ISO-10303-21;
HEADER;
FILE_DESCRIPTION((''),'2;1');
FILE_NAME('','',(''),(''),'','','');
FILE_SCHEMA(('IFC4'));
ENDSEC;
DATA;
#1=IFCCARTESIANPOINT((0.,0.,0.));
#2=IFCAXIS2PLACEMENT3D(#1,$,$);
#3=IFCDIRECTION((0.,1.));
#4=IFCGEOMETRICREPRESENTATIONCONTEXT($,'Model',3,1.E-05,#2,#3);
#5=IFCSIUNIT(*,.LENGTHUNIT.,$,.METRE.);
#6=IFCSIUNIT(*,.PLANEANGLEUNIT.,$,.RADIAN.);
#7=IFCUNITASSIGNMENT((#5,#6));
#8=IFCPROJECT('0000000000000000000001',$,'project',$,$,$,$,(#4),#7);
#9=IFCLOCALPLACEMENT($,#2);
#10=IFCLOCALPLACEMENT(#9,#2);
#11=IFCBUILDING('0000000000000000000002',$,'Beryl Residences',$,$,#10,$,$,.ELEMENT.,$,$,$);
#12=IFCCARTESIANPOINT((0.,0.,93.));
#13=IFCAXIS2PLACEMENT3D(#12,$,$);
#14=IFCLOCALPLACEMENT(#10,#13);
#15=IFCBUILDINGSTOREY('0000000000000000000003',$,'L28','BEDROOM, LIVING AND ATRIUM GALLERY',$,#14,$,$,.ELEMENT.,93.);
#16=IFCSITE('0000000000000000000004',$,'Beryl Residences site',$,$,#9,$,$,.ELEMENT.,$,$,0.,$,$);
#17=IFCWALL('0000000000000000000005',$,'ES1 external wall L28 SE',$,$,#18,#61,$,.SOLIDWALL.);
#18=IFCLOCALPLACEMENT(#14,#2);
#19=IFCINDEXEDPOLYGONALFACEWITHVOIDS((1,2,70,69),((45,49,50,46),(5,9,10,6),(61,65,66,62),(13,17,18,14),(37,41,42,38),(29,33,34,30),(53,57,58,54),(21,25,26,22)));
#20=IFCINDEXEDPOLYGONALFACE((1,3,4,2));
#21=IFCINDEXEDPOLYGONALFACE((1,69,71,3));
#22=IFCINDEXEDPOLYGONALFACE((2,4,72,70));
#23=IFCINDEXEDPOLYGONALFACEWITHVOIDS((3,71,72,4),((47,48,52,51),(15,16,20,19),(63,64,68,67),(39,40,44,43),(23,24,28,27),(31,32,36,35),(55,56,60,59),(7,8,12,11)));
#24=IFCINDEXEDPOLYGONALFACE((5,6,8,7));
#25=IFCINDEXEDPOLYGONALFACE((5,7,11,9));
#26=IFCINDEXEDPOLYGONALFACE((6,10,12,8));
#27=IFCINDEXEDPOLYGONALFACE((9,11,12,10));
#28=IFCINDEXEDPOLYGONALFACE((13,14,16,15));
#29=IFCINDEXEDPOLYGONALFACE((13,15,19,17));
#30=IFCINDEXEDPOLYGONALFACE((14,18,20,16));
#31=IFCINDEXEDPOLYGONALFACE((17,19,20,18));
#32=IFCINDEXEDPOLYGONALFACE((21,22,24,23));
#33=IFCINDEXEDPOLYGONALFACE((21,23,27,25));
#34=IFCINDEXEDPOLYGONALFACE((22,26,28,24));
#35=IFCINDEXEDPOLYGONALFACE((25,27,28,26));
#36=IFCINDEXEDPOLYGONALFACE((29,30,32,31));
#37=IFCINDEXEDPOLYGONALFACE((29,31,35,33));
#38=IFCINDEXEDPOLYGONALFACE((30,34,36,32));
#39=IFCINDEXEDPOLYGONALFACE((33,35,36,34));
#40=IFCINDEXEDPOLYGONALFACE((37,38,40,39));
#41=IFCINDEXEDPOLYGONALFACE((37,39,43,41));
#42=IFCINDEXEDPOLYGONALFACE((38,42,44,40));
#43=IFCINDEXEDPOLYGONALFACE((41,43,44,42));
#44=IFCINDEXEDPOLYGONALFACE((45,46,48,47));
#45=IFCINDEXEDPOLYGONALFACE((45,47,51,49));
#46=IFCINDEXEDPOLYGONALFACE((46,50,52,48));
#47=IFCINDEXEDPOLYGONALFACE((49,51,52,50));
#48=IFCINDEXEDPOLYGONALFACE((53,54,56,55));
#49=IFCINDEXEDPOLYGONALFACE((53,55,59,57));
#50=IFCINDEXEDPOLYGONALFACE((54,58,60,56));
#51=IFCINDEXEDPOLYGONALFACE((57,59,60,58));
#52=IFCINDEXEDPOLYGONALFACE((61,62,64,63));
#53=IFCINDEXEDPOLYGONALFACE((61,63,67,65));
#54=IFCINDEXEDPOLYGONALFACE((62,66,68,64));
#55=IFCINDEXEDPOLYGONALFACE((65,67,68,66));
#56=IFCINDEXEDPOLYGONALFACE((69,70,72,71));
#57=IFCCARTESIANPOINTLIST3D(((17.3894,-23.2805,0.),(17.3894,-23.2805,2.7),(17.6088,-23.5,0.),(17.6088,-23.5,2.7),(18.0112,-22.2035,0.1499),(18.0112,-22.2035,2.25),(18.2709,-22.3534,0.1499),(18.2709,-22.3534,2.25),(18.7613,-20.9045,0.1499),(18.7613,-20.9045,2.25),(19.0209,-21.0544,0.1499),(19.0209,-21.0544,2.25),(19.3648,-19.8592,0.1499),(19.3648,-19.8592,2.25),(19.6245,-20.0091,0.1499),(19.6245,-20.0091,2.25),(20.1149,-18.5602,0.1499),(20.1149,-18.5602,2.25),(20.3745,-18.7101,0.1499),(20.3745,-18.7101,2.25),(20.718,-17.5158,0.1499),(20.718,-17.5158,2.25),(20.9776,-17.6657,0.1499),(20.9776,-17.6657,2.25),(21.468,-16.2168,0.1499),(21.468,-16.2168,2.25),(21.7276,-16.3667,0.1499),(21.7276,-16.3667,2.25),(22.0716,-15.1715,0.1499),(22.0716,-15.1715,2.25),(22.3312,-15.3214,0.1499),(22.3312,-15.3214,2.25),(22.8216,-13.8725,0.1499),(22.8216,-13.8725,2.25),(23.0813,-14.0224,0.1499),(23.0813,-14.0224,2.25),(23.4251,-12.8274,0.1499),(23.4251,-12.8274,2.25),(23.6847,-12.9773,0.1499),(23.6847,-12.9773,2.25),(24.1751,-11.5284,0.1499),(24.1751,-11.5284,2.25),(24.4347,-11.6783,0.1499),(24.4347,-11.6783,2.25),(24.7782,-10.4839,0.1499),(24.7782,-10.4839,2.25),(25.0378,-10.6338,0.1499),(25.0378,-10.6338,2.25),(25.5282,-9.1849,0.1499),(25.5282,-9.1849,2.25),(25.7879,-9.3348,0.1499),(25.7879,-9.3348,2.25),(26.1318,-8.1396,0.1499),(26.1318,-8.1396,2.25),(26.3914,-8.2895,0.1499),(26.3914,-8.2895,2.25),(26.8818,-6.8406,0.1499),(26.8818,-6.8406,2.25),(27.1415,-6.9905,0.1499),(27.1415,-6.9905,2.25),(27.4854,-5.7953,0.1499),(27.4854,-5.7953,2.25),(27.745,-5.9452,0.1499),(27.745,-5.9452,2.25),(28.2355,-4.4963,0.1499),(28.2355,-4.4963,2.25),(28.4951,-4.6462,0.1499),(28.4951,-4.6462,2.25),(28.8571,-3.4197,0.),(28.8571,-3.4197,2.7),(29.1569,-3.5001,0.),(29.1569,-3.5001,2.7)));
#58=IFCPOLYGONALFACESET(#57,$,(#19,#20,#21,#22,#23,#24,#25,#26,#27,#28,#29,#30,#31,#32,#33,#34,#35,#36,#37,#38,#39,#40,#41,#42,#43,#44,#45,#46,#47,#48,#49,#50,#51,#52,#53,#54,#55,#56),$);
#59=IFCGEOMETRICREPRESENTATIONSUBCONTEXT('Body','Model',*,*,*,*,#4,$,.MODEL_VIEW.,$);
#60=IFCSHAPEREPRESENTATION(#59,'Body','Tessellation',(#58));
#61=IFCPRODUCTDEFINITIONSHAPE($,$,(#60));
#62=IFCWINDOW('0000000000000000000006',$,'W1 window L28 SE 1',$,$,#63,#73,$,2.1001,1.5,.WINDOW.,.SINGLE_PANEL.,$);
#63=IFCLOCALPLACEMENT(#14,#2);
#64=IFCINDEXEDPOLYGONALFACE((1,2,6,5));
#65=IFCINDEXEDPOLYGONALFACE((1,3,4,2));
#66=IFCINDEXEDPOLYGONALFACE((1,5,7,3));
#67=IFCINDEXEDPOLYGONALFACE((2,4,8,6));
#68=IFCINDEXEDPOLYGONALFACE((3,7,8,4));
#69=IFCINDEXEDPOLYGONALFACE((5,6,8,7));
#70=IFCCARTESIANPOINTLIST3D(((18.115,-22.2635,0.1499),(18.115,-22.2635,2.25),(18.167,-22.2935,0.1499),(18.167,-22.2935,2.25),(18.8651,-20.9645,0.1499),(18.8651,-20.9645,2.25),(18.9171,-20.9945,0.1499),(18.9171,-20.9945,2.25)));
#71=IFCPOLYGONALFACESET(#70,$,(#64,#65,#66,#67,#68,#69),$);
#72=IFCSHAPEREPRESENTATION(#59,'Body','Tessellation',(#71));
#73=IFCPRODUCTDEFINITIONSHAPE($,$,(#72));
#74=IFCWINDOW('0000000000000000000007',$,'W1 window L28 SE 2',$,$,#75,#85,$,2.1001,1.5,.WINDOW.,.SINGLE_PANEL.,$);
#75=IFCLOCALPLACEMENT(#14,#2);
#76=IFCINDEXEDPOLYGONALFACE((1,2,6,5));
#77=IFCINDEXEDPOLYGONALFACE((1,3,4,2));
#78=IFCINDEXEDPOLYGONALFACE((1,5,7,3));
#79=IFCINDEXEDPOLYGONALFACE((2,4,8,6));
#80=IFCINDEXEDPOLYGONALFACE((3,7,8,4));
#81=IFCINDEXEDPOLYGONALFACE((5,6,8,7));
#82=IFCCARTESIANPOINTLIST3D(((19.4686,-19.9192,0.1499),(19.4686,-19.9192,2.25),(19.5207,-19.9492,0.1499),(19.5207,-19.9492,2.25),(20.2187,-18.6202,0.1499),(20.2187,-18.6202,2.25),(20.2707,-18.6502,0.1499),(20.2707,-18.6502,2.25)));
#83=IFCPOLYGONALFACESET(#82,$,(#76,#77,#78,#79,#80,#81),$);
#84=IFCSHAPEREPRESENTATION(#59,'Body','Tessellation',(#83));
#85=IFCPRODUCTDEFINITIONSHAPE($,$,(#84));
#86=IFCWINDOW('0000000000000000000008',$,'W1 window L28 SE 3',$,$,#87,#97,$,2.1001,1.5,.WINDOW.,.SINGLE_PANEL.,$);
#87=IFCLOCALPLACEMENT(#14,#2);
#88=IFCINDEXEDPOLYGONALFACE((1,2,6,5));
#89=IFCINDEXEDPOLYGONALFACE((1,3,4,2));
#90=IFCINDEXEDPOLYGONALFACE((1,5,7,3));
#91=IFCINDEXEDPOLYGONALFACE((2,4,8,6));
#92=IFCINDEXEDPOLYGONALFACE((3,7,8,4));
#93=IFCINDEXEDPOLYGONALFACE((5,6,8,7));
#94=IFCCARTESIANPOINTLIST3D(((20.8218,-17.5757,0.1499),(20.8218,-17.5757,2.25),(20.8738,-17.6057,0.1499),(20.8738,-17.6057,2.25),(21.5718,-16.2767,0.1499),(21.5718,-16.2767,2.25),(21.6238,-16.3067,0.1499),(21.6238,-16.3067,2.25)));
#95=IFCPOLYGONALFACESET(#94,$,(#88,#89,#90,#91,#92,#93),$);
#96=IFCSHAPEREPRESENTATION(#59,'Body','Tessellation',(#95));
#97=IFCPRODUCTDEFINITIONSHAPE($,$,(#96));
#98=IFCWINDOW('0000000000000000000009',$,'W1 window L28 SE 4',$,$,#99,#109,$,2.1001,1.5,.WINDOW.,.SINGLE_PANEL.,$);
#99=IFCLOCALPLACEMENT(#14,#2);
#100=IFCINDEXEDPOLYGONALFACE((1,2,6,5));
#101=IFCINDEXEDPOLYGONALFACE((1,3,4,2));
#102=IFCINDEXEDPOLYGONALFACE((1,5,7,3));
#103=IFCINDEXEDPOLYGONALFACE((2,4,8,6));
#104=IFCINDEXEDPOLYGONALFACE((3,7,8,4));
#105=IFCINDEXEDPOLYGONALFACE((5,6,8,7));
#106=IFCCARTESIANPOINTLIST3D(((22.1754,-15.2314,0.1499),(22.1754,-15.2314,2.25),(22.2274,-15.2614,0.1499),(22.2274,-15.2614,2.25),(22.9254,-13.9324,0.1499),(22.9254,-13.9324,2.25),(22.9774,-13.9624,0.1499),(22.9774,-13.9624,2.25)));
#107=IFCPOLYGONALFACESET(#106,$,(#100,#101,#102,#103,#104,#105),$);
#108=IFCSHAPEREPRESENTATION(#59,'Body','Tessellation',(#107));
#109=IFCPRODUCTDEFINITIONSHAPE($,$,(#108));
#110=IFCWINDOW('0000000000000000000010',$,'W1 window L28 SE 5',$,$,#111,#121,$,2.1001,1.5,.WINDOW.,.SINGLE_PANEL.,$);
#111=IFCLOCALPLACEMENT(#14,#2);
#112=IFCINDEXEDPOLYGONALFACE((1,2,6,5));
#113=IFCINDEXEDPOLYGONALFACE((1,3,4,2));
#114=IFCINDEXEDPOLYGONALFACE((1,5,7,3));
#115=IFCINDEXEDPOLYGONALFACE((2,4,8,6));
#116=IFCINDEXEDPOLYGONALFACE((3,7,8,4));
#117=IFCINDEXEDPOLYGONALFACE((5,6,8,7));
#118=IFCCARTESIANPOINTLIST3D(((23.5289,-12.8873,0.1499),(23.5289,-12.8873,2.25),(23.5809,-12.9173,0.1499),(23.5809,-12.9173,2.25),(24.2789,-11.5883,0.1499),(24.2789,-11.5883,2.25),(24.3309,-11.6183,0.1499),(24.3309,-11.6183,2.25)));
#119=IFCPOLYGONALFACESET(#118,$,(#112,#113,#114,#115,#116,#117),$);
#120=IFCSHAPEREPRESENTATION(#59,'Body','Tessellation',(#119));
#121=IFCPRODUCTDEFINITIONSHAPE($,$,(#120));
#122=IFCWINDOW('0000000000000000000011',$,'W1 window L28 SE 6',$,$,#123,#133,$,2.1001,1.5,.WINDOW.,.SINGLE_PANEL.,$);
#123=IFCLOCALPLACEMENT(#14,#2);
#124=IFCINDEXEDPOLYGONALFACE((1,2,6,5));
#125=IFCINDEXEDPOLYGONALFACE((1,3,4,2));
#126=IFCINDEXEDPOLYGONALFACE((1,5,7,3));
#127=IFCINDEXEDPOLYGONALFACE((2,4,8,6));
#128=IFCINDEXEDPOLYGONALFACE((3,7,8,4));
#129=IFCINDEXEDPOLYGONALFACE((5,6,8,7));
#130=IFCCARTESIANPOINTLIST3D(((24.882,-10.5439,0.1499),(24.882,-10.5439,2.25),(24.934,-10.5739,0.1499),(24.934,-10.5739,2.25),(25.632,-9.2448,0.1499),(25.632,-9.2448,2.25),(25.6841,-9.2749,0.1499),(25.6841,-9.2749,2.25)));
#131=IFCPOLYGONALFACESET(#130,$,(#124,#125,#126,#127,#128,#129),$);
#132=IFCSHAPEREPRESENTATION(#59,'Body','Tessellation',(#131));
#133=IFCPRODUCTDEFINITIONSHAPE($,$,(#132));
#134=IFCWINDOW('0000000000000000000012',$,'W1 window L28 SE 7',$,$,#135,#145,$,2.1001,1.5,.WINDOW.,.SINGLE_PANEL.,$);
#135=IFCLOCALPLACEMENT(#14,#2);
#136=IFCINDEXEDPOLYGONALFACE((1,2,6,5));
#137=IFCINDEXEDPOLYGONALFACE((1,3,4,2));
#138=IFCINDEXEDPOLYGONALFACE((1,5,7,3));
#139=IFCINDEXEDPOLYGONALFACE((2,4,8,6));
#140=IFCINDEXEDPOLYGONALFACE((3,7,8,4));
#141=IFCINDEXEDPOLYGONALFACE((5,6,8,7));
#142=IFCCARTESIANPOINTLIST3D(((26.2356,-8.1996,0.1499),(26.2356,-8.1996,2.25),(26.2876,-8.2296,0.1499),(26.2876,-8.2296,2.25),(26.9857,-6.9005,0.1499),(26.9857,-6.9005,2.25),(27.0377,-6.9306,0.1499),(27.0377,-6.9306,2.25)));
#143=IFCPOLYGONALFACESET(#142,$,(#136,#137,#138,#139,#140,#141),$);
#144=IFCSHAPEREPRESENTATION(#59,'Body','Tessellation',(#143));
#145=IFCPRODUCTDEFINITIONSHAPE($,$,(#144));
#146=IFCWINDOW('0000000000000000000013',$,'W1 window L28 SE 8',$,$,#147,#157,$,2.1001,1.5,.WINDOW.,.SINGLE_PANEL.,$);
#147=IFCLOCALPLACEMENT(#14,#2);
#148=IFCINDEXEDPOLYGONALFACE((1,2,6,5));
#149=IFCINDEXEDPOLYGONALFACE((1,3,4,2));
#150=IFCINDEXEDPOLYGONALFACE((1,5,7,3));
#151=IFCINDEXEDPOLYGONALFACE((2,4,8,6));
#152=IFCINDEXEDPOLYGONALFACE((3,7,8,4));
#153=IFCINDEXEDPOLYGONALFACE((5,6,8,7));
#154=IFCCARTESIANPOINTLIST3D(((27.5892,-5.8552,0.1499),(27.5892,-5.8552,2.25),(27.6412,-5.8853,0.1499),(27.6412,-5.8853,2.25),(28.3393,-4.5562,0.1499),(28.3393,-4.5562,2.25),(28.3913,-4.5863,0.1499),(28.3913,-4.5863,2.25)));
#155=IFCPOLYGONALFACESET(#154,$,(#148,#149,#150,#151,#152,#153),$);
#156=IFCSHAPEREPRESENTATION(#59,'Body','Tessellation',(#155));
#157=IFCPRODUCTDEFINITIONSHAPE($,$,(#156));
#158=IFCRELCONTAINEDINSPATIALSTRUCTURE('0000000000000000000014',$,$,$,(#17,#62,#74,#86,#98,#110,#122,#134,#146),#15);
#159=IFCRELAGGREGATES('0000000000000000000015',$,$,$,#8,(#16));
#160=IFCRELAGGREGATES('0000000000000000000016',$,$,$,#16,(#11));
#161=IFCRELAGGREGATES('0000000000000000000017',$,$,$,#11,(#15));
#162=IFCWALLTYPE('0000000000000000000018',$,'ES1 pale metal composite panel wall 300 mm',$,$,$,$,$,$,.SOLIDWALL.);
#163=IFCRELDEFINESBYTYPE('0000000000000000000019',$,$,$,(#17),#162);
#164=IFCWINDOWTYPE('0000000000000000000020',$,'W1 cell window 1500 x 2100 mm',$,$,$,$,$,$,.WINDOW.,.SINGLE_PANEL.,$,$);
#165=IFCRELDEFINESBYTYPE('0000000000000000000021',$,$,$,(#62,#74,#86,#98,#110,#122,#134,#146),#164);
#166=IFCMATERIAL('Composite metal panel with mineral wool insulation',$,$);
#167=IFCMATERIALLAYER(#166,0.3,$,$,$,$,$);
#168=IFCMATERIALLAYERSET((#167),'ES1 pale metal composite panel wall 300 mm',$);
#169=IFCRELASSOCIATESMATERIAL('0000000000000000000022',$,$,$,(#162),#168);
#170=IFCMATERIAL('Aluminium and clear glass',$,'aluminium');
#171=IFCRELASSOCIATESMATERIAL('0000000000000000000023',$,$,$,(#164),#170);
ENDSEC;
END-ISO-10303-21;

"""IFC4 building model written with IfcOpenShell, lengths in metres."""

from ifc_helpers import new_model, si_unit, direction, frame, frame_2d, origin, place, context, subcontext, project, spatial, polyline, rectangle, outline, extrude, material, layer, layer_set, type_object, element, fill, save


model = new_model("IFC4")

# Units and contexts
model_context = context("Model", 3, precision=1e-05, world=origin(), true_north=direction((0.0, 1.0)))
body_context = subcontext(model_context, "Body", "Model", "MODEL_VIEW")
ifc_project = project(units=[si_unit("LENGTHUNIT", "METRE"), si_unit("PLANEANGLEUNIT", "RADIAN")], contexts=[model_context])

# Site, building, storey
site_placement = place(None, origin())
site = spatial("IfcSite", under=ifc_project, at=site_placement, Name="Beryl Residences site", CompositionType="ELEMENT", RefElevation=0.0)
building_placement = place(site_placement, origin())
building = spatial("IfcBuilding", under=site, at=building_placement, Name="Beryl Residences", CompositionType="ELEMENT")
storey_placement = place(building_placement, frame((0.0, 0.0, 93.0)))
storey = spatial("IfcBuildingStorey", under=building, at=storey_placement, Name="L28", Description="BEDROOM, LIVING AND ATRIUM GALLERY", CompositionType="ELEMENT", Elevation=93.0)

# Wall, openings, windows
ifc_material_1 = material(Name="Composite metal panel with mineral wool insulation")
ifc_layer_1 = layer(ifc_material_1, 0.3)
ifc_layer_set_1 = layer_set([ifc_layer_1], Name="ES1 pale metal composite panel wall 300 mm")
wall_type_1 = type_object("IfcWallType", Name="ES1 pale metal composite panel wall 300 mm", PredefinedType="SOLIDWALL", material=ifc_layer_set_1)
wall_1_placement = place(storey_placement, frame((17.479, -23.425, 0.0), z_axis=(0.0, 0.0, 1.0), x_axis=(0.500035, 0.866005, 0.0)))
wall_1 = element("IfcWall", 1, at=wall_1_placement, inside=storey, type_object=wall_type_1, Name="ES1 external wall L28 SE", PredefinedType="SOLIDWALL", context=body_context, shape_type="SweptSolid", body=[
    extrude(outline(polyline([(0.0, -0.1499), (23.0945, -0.1499), (23.0142, 0.1499), (0.0803, 0.1499), (0.0, -0.1499)])), origin(), (0.0, 0.0, 1.0), 2.7),
])
opening_1_placement = place(wall_1_placement, frame((1.324, 0.0, 0.1499)))
opening_1 = element("IfcOpeningElement", 2, at=opening_1_placement, cuts=wall_1, PredefinedType="OPENING", context=body_context, shape_type="SweptSolid", body=[
    extrude(rectangle(XDim=1.5, YDim=2.1001, at=frame_2d((0.75, 1.05))), frame((0.0, 0.1599, 0.0), z_axis=(0.0, -1.0, 0.0), x_axis=(1.0, 0.0, 0.0)), (0.0, 0.0, 1.0), 0.3201),
])
opening_2_placement = place(wall_1_placement, frame((4.031, 0.0, 0.1499)))
opening_2 = element("IfcOpeningElement", 3, at=opening_2_placement, cuts=wall_1, PredefinedType="OPENING", context=body_context, shape_type="SweptSolid", body=[
    extrude(rectangle(XDim=1.5, YDim=2.1001, at=frame_2d((0.75, 1.05))), frame((0.0, 0.1599, 0.0), z_axis=(0.0, -1.0, 0.0), x_axis=(1.0, 0.0, 0.0)), (0.0, 0.0, 1.0), 0.3201),
])
opening_3_placement = place(wall_1_placement, frame((6.7371, 0.0, 0.1499)))
opening_3 = element("IfcOpeningElement", 4, at=opening_3_placement, cuts=wall_1, PredefinedType="OPENING", context=body_context, shape_type="SweptSolid", body=[
    extrude(rectangle(XDim=1.5, YDim=2.1001, at=frame_2d((0.75, 1.05))), frame((0.0, 0.1599, 0.0), z_axis=(0.0, -1.0, 0.0), x_axis=(1.0, 0.0, 0.0)), (0.0, 0.0, 1.0), 0.3201),
])
opening_4_placement = place(wall_1_placement, frame((9.4441, 0.0, 0.1499)))
opening_4 = element("IfcOpeningElement", 5, at=opening_4_placement, cuts=wall_1, PredefinedType="OPENING", context=body_context, shape_type="SweptSolid", body=[
    extrude(rectangle(XDim=1.5, YDim=2.1001, at=frame_2d((0.75, 1.05))), frame((0.0, 0.1599, 0.0), z_axis=(0.0, -1.0, 0.0), x_axis=(1.0, 0.0, 0.0)), (0.0, 0.0, 1.0), 0.3201),
])
opening_5_placement = place(wall_1_placement, frame((12.1509, 0.0, 0.1499)))
opening_5 = element("IfcOpeningElement", 6, at=opening_5_placement, cuts=wall_1, PredefinedType="OPENING", context=body_context, shape_type="SweptSolid", body=[
    extrude(rectangle(XDim=1.5, YDim=2.1001, at=frame_2d((0.75, 1.05))), frame((0.0, 0.1599, 0.0), z_axis=(0.0, -1.0, 0.0), x_axis=(1.0, 0.0, 0.0)), (0.0, 0.0, 1.0), 0.3201),
])
opening_6_placement = place(wall_1_placement, frame((14.8569, 0.0, 0.1499)))
opening_6 = element("IfcOpeningElement", 7, at=opening_6_placement, cuts=wall_1, PredefinedType="OPENING", context=body_context, shape_type="SweptSolid", body=[
    extrude(rectangle(XDim=1.5, YDim=2.1001, at=frame_2d((0.75, 1.05))), frame((0.0, 0.1599, 0.0), z_axis=(0.0, -1.0, 0.0), x_axis=(1.0, 0.0, 0.0)), (0.0, 0.0, 1.0), 0.3201),
])
opening_7_placement = place(wall_1_placement, frame((17.564, 0.0, 0.1499)))
opening_7 = element("IfcOpeningElement", 8, at=opening_7_placement, cuts=wall_1, PredefinedType="OPENING", context=body_context, shape_type="SweptSolid", body=[
    extrude(rectangle(XDim=1.5, YDim=2.1001, at=frame_2d((0.75, 1.05))), frame((0.0, 0.1599, 0.0), z_axis=(0.0, -1.0, 0.0), x_axis=(1.0, 0.0, 0.0)), (0.0, 0.0, 1.0), 0.3201),
])
opening_8_placement = place(wall_1_placement, frame((20.271, 0.0, 0.1499)))
opening_8 = element("IfcOpeningElement", 9, at=opening_8_placement, cuts=wall_1, PredefinedType="OPENING", context=body_context, shape_type="SweptSolid", body=[
    extrude(rectangle(XDim=1.5, YDim=2.1001, at=frame_2d((0.75, 1.05))), frame((0.0, 0.1599, 0.0), z_axis=(0.0, -1.0, 0.0), x_axis=(1.0, 0.0, 0.0)), (0.0, 0.0, 1.0), 0.3201),
])
ifc_material_2 = material(Name="Aluminium and clear glass", Category="aluminium")
window_type_1 = type_object("IfcWindowType", Name="W1 cell window 1500 x 2100 mm", PartitioningType="SINGLE_PANEL", PredefinedType="WINDOW", material=ifc_material_2)
window_1_placement = place(opening_1_placement, origin())
window_1 = element("IfcWindow", 10, at=window_1_placement, inside=storey, type_object=window_type_1, Name="W1 window L28 SE 1", OverallHeight=2.1001, OverallWidth=1.5, PartitioningType="SINGLE_PANEL", PredefinedType="WINDOW", context=body_context, shape_type="SweptSolid", body=[
    extrude(rectangle(XDim=1.5, YDim=2.1001, at=frame_2d((0.75, 1.05))), frame((0.0, 0.03, 0.0), z_axis=(0.0, -1.0, 0.0), x_axis=(1.0, 0.0, 0.0)), (0.0, 0.0, 1.0), 0.0601),
])
fill(opening_1, window_1)
window_2_placement = place(opening_2_placement, origin())
window_2 = element("IfcWindow", 11, at=window_2_placement, inside=storey, type_object=window_type_1, Name="W1 window L28 SE 2", OverallHeight=2.1001, OverallWidth=1.5, PartitioningType="SINGLE_PANEL", PredefinedType="WINDOW", context=body_context, shape_type="SweptSolid", body=[
    extrude(rectangle(XDim=1.5, YDim=2.1001, at=frame_2d((0.75, 1.05))), frame((0.0, 0.03, 0.0), z_axis=(0.0, -1.0, 0.0), x_axis=(1.0, 0.0, 0.0)), (0.0, 0.0, 1.0), 0.0601),
])
fill(opening_2, window_2)
window_3_placement = place(opening_3_placement, origin())
window_3 = element("IfcWindow", 12, at=window_3_placement, inside=storey, type_object=window_type_1, Name="W1 window L28 SE 3", OverallHeight=2.1001, OverallWidth=1.5, PartitioningType="SINGLE_PANEL", PredefinedType="WINDOW", context=body_context, shape_type="SweptSolid", body=[
    extrude(rectangle(XDim=1.5, YDim=2.1001, at=frame_2d((0.75, 1.05))), frame((0.0, 0.03, 0.0), z_axis=(0.0, -1.0, 0.0), x_axis=(1.0, 0.0, 0.0)), (0.0, 0.0, 1.0), 0.0601),
])
fill(opening_3, window_3)
window_4_placement = place(opening_4_placement, origin())
window_4 = element("IfcWindow", 13, at=window_4_placement, inside=storey, type_object=window_type_1, Name="W1 window L28 SE 4", OverallHeight=2.1001, OverallWidth=1.5, PartitioningType="SINGLE_PANEL", PredefinedType="WINDOW", context=body_context, shape_type="SweptSolid", body=[
    extrude(rectangle(XDim=1.5, YDim=2.1001, at=frame_2d((0.75, 1.05))), frame((0.0, 0.03, 0.0), z_axis=(0.0, -1.0, 0.0), x_axis=(1.0, 0.0, 0.0)), (0.0, 0.0, 1.0), 0.0601),
])
fill(opening_4, window_4)
window_5_placement = place(opening_5_placement, origin())
window_5 = element("IfcWindow", 14, at=window_5_placement, inside=storey, type_object=window_type_1, Name="W1 window L28 SE 5", OverallHeight=2.1001, OverallWidth=1.5, PartitioningType="SINGLE_PANEL", PredefinedType="WINDOW", context=body_context, shape_type="SweptSolid", body=[
    extrude(rectangle(XDim=1.5, YDim=2.1001, at=frame_2d((0.75, 1.05))), frame((0.0, 0.03, 0.0), z_axis=(0.0, -1.0, 0.0), x_axis=(1.0, 0.0, 0.0)), (0.0, 0.0, 1.0), 0.0601),
])
fill(opening_5, window_5)
window_6_placement = place(opening_6_placement, origin())
window_6 = element("IfcWindow", 15, at=window_6_placement, inside=storey, type_object=window_type_1, Name="W1 window L28 SE 6", OverallHeight=2.1001, OverallWidth=1.5, PartitioningType="SINGLE_PANEL", PredefinedType="WINDOW", context=body_context, shape_type="SweptSolid", body=[
    extrude(rectangle(XDim=1.5, YDim=2.1001, at=frame_2d((0.75, 1.05))), frame((0.0, 0.03, 0.0), z_axis=(0.0, -1.0, 0.0), x_axis=(1.0, 0.0, 0.0)), (0.0, 0.0, 1.0), 0.0601),
])
fill(opening_6, window_6)
window_7_placement = place(opening_7_placement, origin())
window_7 = element("IfcWindow", 16, at=window_7_placement, inside=storey, type_object=window_type_1, Name="W1 window L28 SE 7", OverallHeight=2.1001, OverallWidth=1.5, PartitioningType="SINGLE_PANEL", PredefinedType="WINDOW", context=body_context, shape_type="SweptSolid", body=[
    extrude(rectangle(XDim=1.5, YDim=2.1001, at=frame_2d((0.75, 1.05))), frame((0.0, 0.03, 0.0), z_axis=(0.0, -1.0, 0.0), x_axis=(1.0, 0.0, 0.0)), (0.0, 0.0, 1.0), 0.0601),
])
fill(opening_7, window_7)
window_8_placement = place(opening_8_placement, origin())
window_8 = element("IfcWindow", 17, at=window_8_placement, inside=storey, type_object=window_type_1, Name="W1 window L28 SE 8", OverallHeight=2.1001, OverallWidth=1.5, PartitioningType="SINGLE_PANEL", PredefinedType="WINDOW", context=body_context, shape_type="SweptSolid", body=[
    extrude(rectangle(XDim=1.5, YDim=2.1001, at=frame_2d((0.75, 1.05))), frame((0.0, 0.03, 0.0), z_axis=(0.0, -1.0, 0.0), x_axis=(1.0, 0.0, 0.0)), (0.0, 0.0, 1.0), 0.0601),
])
fill(opening_8, window_8)

save(model, "model.ifc")
